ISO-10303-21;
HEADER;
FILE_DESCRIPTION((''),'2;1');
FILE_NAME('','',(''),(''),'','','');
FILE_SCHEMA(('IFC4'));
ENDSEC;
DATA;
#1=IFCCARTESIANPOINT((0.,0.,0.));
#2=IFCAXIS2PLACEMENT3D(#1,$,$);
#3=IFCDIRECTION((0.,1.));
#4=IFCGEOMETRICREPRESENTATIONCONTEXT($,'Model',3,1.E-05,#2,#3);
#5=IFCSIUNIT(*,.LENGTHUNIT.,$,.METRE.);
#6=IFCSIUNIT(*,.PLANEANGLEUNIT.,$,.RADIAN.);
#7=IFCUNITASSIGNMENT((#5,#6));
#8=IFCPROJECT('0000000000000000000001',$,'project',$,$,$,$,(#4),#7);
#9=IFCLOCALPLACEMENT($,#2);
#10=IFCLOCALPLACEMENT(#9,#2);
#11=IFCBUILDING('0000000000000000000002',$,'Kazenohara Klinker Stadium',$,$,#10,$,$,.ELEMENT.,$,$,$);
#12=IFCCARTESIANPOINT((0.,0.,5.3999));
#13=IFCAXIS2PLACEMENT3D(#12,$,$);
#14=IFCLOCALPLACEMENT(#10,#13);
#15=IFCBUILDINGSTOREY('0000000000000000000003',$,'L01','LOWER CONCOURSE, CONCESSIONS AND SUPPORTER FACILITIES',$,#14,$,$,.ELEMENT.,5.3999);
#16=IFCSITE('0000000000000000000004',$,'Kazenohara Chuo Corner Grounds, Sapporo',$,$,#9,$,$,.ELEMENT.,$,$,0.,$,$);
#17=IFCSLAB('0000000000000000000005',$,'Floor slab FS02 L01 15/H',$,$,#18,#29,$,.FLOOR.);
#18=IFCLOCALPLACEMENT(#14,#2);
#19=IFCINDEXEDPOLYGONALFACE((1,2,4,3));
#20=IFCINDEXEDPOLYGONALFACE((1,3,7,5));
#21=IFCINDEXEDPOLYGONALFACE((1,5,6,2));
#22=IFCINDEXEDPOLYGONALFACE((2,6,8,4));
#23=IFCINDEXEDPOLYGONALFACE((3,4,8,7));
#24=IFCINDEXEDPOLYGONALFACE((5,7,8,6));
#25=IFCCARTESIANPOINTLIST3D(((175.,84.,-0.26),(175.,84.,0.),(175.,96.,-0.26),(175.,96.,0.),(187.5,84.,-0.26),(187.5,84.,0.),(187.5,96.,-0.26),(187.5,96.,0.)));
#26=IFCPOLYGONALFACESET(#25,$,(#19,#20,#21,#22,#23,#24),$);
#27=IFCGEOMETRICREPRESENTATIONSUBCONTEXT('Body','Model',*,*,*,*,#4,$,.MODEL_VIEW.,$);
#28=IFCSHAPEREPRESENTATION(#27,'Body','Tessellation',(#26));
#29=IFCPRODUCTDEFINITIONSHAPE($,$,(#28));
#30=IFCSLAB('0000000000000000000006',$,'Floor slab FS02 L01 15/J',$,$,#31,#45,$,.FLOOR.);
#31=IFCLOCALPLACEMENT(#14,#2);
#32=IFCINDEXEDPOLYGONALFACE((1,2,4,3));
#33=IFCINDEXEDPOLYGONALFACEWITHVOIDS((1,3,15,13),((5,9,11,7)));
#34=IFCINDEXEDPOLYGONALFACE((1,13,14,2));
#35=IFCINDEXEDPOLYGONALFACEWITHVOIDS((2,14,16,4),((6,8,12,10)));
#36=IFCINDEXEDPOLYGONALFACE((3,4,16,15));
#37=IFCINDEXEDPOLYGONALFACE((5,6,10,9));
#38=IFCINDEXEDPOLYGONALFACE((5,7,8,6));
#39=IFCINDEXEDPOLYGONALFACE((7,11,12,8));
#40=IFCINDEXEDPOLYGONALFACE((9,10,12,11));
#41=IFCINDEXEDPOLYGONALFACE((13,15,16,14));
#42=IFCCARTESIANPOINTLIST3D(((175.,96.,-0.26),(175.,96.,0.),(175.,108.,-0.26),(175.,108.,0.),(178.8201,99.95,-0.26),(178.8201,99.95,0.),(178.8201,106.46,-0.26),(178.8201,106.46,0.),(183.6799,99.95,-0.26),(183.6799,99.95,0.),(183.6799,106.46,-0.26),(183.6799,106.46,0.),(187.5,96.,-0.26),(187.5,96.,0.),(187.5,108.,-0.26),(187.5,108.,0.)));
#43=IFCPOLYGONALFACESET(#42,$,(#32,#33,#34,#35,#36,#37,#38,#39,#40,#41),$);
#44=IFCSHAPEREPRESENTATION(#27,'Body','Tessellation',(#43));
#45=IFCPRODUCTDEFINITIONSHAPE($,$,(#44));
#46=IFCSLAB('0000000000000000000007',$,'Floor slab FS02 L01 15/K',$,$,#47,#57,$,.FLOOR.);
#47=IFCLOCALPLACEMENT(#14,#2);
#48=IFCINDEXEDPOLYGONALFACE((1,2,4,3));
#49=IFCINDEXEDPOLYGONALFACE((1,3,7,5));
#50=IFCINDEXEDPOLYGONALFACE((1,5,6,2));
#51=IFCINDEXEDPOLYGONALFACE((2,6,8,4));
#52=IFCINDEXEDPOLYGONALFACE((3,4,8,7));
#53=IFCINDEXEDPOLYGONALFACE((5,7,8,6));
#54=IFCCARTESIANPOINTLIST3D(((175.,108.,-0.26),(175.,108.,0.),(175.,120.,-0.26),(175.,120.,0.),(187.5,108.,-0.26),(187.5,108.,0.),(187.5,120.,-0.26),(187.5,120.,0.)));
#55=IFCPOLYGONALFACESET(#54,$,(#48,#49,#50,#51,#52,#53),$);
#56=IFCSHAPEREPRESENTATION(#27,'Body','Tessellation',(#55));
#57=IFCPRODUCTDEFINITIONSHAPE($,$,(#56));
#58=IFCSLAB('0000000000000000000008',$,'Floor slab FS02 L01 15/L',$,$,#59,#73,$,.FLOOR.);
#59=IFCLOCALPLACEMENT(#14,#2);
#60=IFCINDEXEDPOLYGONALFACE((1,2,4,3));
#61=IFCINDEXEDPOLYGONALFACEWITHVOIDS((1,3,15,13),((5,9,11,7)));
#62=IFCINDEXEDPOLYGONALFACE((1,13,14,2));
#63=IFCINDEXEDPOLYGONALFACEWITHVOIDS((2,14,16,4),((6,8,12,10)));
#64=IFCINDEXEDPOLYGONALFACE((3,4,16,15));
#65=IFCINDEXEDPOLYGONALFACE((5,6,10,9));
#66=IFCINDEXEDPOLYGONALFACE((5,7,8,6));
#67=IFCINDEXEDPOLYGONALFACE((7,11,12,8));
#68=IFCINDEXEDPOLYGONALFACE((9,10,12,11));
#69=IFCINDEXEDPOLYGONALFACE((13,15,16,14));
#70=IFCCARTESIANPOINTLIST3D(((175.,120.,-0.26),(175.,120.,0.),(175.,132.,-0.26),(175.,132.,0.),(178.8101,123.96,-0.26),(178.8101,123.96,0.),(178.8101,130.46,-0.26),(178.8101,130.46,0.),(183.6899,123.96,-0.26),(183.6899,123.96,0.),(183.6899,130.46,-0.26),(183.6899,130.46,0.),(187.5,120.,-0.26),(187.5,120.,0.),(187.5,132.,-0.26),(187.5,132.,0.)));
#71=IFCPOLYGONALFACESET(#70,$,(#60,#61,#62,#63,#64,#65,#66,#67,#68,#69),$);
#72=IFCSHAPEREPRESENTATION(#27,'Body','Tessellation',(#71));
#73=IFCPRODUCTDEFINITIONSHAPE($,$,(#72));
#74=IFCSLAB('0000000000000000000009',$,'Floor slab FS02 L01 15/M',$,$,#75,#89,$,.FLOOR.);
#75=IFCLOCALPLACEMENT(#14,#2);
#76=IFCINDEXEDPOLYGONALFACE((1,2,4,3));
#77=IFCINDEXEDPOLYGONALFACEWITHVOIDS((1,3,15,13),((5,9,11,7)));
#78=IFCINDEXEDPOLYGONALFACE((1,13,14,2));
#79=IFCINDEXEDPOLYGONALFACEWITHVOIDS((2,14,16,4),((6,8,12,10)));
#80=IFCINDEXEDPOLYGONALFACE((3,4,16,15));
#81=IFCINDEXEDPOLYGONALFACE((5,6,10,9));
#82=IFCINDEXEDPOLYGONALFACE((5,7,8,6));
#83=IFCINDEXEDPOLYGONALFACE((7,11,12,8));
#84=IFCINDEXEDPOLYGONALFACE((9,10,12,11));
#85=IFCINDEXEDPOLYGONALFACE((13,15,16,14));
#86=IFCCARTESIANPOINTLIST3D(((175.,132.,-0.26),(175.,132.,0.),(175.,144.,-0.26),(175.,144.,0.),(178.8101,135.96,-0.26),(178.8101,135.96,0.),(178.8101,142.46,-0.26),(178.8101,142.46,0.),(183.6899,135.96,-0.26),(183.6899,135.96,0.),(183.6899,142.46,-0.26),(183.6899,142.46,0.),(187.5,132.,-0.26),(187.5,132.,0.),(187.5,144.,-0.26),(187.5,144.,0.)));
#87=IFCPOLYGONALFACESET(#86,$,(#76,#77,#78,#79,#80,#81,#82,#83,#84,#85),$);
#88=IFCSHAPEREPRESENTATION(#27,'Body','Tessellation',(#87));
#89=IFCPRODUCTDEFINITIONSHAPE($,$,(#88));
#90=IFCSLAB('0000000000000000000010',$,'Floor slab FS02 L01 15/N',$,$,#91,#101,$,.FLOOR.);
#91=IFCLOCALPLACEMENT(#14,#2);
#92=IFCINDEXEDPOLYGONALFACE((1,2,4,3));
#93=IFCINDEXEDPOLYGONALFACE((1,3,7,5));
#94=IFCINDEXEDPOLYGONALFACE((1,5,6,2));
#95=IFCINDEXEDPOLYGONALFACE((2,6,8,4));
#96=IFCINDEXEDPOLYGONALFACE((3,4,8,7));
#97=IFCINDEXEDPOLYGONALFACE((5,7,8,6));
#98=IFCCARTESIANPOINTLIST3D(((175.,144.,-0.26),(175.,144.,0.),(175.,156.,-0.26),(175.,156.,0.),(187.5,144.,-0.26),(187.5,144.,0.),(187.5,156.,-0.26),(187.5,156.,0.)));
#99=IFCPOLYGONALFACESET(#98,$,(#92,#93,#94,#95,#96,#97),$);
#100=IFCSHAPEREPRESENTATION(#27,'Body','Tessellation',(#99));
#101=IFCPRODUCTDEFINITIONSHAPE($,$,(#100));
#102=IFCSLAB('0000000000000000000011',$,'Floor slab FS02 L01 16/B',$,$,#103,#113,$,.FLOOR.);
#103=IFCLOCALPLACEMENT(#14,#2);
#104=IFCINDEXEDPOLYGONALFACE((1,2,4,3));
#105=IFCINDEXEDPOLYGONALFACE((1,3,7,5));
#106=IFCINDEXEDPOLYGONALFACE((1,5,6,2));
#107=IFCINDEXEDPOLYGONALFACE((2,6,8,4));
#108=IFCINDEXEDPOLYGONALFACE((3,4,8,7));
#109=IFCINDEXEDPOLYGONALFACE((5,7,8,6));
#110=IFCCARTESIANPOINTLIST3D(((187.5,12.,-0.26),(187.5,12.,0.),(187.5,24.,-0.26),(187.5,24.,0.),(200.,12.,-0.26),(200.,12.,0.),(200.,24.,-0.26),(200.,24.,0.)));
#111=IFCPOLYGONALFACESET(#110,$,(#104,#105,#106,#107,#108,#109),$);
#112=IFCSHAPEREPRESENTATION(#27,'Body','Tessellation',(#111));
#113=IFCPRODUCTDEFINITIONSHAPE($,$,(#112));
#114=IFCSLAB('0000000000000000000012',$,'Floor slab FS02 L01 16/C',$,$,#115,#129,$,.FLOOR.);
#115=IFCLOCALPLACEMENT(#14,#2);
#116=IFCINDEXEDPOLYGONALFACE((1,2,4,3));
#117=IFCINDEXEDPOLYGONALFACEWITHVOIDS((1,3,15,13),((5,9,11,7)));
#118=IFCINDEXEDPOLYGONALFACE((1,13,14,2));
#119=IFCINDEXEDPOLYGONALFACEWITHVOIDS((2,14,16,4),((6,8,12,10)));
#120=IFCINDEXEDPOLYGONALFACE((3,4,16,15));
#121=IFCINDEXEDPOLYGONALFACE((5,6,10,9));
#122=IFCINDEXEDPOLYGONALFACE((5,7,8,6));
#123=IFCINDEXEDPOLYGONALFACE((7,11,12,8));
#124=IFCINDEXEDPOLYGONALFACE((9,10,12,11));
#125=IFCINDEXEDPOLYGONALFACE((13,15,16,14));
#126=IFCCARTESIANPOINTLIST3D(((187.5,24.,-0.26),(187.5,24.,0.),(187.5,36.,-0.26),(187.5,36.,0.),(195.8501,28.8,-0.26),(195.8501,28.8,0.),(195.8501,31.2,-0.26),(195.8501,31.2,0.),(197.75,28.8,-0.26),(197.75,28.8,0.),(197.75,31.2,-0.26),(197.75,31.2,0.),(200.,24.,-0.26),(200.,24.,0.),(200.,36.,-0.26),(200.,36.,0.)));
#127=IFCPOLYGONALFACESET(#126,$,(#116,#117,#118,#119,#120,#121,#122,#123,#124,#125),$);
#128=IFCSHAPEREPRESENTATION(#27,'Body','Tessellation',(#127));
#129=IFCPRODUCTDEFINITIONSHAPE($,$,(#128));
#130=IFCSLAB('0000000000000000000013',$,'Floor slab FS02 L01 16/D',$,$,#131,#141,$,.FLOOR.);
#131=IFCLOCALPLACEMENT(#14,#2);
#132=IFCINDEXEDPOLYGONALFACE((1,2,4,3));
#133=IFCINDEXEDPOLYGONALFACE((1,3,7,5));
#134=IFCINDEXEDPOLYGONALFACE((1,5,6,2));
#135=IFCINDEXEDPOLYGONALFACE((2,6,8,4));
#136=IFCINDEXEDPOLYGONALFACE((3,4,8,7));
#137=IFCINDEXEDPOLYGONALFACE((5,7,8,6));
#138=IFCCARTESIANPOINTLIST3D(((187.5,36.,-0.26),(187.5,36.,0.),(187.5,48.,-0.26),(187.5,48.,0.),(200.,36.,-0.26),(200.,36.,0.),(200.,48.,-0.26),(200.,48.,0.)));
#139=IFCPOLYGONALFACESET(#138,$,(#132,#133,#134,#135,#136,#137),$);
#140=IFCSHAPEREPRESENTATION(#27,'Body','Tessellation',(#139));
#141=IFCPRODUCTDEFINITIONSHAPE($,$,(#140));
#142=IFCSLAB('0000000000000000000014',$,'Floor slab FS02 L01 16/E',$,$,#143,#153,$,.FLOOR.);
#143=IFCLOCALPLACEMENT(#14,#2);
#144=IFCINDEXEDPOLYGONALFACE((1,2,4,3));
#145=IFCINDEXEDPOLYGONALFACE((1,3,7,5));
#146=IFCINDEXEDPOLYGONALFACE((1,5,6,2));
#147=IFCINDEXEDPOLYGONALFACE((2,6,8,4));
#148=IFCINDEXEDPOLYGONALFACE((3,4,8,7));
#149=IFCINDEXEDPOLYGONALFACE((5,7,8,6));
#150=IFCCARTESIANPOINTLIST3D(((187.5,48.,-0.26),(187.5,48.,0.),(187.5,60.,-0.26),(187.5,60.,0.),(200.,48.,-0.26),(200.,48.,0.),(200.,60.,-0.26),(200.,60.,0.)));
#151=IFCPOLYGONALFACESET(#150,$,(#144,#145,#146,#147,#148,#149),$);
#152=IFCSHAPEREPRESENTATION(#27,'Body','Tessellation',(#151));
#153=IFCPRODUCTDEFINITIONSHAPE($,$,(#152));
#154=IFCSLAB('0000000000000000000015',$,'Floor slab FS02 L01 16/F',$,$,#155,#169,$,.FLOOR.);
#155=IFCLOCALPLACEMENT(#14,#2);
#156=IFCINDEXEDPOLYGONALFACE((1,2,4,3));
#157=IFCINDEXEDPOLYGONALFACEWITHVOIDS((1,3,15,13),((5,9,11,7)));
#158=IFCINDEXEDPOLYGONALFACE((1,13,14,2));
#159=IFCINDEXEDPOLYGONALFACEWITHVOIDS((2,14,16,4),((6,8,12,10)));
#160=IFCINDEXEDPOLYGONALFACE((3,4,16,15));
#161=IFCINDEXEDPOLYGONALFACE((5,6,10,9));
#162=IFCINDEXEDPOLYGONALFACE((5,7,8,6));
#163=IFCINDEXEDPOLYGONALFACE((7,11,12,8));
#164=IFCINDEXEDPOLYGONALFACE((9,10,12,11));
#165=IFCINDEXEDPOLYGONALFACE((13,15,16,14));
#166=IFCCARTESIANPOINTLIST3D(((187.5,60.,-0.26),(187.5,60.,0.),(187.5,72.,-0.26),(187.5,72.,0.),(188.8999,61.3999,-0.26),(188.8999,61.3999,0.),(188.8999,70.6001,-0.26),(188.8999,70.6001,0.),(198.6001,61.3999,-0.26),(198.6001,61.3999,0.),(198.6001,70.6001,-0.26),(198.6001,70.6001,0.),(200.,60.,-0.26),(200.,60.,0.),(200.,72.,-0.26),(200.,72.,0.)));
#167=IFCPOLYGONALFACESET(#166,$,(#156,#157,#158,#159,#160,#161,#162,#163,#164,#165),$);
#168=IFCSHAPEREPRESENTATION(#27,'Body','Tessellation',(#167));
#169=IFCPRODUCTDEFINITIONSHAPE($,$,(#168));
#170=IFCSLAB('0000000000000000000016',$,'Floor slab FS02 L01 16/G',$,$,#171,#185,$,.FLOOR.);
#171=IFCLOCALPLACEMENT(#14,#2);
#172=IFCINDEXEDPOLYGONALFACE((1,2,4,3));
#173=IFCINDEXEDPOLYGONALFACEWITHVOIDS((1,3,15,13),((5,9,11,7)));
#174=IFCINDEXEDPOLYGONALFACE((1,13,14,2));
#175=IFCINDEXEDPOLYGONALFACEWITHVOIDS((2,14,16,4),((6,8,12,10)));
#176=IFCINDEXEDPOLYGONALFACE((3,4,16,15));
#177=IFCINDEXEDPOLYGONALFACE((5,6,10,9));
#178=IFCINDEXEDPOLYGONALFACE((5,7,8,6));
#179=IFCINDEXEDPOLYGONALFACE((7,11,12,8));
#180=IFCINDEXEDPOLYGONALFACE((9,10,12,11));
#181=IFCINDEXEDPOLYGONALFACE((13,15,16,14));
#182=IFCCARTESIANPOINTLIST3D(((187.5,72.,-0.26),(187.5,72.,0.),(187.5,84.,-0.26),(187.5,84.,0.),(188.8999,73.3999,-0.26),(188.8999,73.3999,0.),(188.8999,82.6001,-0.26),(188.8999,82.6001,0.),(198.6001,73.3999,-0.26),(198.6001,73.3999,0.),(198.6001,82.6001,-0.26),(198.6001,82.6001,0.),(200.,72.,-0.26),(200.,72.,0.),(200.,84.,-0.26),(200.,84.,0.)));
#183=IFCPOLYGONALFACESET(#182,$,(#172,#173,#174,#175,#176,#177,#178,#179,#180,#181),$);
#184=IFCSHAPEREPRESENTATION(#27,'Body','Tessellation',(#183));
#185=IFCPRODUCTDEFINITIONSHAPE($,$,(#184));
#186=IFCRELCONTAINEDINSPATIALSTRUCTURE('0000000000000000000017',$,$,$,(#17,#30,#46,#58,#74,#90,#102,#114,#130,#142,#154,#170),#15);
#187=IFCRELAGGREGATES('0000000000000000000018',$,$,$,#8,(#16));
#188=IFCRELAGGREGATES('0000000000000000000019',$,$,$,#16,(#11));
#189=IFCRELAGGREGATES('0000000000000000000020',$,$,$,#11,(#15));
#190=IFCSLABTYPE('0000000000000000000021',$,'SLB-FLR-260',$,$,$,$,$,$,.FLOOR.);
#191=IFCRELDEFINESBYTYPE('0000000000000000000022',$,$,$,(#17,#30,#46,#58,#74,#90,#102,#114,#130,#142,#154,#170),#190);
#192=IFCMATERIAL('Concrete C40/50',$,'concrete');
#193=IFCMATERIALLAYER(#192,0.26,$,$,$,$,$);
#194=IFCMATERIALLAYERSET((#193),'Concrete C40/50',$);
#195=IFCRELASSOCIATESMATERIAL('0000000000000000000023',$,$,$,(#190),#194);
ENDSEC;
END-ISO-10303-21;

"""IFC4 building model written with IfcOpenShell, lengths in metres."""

from ifc_helpers import new_model, si_unit, direction, frame, origin, place, context, subcontext, project, spatial, polyline, outline, extrude, material, layer, layer_set, type_object, element, save


model = new_model("IFC4")

# Units and contexts
model_context = context("Model", 3, precision=1e-05, world=origin(), true_north=direction((0.0, 1.0)))
body_context = subcontext(model_context, "Body", "Model", "MODEL_VIEW")
ifc_project = project(units=[si_unit("LENGTHUNIT", "METRE"), si_unit("PLANEANGLEUNIT", "RADIAN")], contexts=[model_context])

# Site, building, storey
site_placement = place(None, origin())
site = spatial("IfcSite", under=ifc_project, at=site_placement, Name="Kazenohara Chuo Corner Grounds, Sapporo", CompositionType="ELEMENT", RefElevation=0.0)
building_placement = place(site_placement, origin())
building = spatial("IfcBuilding", under=site, at=building_placement, Name="Kazenohara Klinker Stadium", CompositionType="ELEMENT")
storey_placement = place(building_placement, frame((0.0, 0.0, 5.3999)))
storey = spatial("IfcBuildingStorey", under=building, at=storey_placement, Name="L01", Description="LOWER CONCOURSE, CONCESSIONS AND SUPPORTER FACILITIES", CompositionType="ELEMENT", Elevation=5.3999)

# Slabs
ifc_material_1 = material(Name="Concrete C40/50", Category="concrete")
ifc_layer_1 = layer(ifc_material_1, 0.26)
ifc_layer_set_1 = layer_set([ifc_layer_1], Name="Concrete C40/50")
slab_type_1 = type_object("IfcSlabType", Name="SLB-FLR-260", PredefinedType="FLOOR", material=ifc_layer_set_1)
slab_1_placement = place(storey_placement, frame((0.0, 0.0, -0.26)))
element("IfcSlab", 1, at=slab_1_placement, inside=storey, type_object=slab_type_1, Name="Floor slab FS02 L01 15/H", PredefinedType="FLOOR", context=body_context, shape_type="SweptSolid", body=[
    extrude(outline(polyline([(175.0, 84.0), (187.5, 84.0), (187.5, 96.0), (175.0, 96.0), (175.0, 84.0)])), origin(), (0.0, 0.0, 1.0), 0.26),
])
slab_2_placement = place(storey_placement, frame((0.0, 0.0, -0.26)))
element("IfcSlab", 2, at=slab_2_placement, inside=storey, type_object=slab_type_1, Name="Floor slab FS02 L01 15/J", PredefinedType="FLOOR", context=body_context, shape_type="SweptSolid", body=[
    extrude(outline(polyline([(175.0, 96.0), (187.5, 96.0), (187.5, 108.0), (175.0, 108.0), (175.0, 96.0)]), holes=[polyline([(183.6799, 99.95), (183.6799, 106.46), (178.8201, 106.46), (178.8201, 99.95), (183.6799, 99.95)])]), origin(), (0.0, 0.0, 1.0), 0.26),
])
slab_3_placement = place(storey_placement, frame((0.0, 0.0, -0.26)))
element("IfcSlab", 3, at=slab_3_placement, inside=storey, type_object=slab_type_1, Name="Floor slab FS02 L01 15/K", PredefinedType="FLOOR", context=body_context, shape_type="SweptSolid", body=[
    extrude(outline(polyline([(175.0, 108.0), (187.5, 108.0), (187.5, 120.0), (175.0, 120.0), (175.0, 108.0)])), origin(), (0.0, 0.0, 1.0), 0.26),
])
slab_4_placement = place(storey_placement, frame((0.0, 0.0, -0.26)))
element("IfcSlab", 4, at=slab_4_placement, inside=storey, type_object=slab_type_1, Name="Floor slab FS02 L01 15/L", PredefinedType="FLOOR", context=body_context, shape_type="SweptSolid", body=[
    extrude(outline(polyline([(175.0, 120.0), (187.5, 120.0), (187.5, 132.0), (175.0, 132.0), (175.0, 120.0)]), holes=[polyline([(183.6899, 123.96), (183.6899, 130.46), (178.8101, 130.46), (178.8101, 123.96), (183.6899, 123.96)])]), origin(), (0.0, 0.0, 1.0), 0.26),
])
slab_5_placement = place(storey_placement, frame((0.0, 0.0, -0.26)))
element("IfcSlab", 5, at=slab_5_placement, inside=storey, type_object=slab_type_1, Name="Floor slab FS02 L01 15/M", PredefinedType="FLOOR", context=body_context, shape_type="SweptSolid", body=[
    extrude(outline(polyline([(175.0, 132.0), (187.5, 132.0), (187.5, 144.0), (175.0, 144.0), (175.0, 132.0)]), holes=[polyline([(183.6899, 135.96), (183.6899, 142.46), (178.8101, 142.46), (178.8101, 135.96), (183.6899, 135.96)])]), origin(), (0.0, 0.0, 1.0), 0.26),
])
slab_6_placement = place(storey_placement, frame((0.0, 0.0, -0.26)))
element("IfcSlab", 6, at=slab_6_placement, inside=storey, type_object=slab_type_1, Name="Floor slab FS02 L01 15/N", PredefinedType="FLOOR", context=body_context, shape_type="SweptSolid", body=[
    extrude(outline(polyline([(175.0, 144.0), (187.5, 144.0), (187.5, 156.0), (175.0, 156.0), (175.0, 144.0)])), origin(), (0.0, 0.0, 1.0), 0.26),
])
slab_7_placement = place(storey_placement, frame((0.0, 0.0, -0.26)))
element("IfcSlab", 7, at=slab_7_placement, inside=storey, type_object=slab_type_1, Name="Floor slab FS02 L01 16/B", PredefinedType="FLOOR", context=body_context, shape_type="SweptSolid", body=[
    extrude(outline(polyline([(187.5, 12.0), (200.0, 12.0), (200.0, 24.0), (187.5, 24.0), (187.5, 12.0)])), origin(), (0.0, 0.0, 1.0), 0.26),
])
slab_8_placement = place(storey_placement, frame((0.0, 0.0, -0.26)))
element("IfcSlab", 8, at=slab_8_placement, inside=storey, type_object=slab_type_1, Name="Floor slab FS02 L01 16/C", PredefinedType="FLOOR", context=body_context, shape_type="SweptSolid", body=[
    extrude(outline(polyline([(187.5, 24.0), (200.0, 24.0), (200.0, 36.0), (187.5, 36.0), (187.5, 24.0)]), holes=[polyline([(195.8501, 28.8), (197.75, 28.8), (197.75, 31.2), (195.8501, 31.2), (195.8501, 28.8)])]), origin(), (0.0, 0.0, 1.0), 0.26),
])
slab_9_placement = place(storey_placement, frame((0.0, 0.0, -0.26)))
element("IfcSlab", 9, at=slab_9_placement, inside=storey, type_object=slab_type_1, Name="Floor slab FS02 L01 16/D", PredefinedType="FLOOR", context=body_context, shape_type="SweptSolid", body=[
    extrude(outline(polyline([(187.5, 36.0), (200.0, 36.0), (200.0, 48.0), (187.5, 48.0), (187.5, 36.0)])), origin(), (0.0, 0.0, 1.0), 0.26),
])
slab_10_placement = place(storey_placement, frame((0.0, 0.0, -0.26)))
element("IfcSlab", 10, at=slab_10_placement, inside=storey, type_object=slab_type_1, Name="Floor slab FS02 L01 16/E", PredefinedType="FLOOR", context=body_context, shape_type="SweptSolid", body=[
    extrude(outline(polyline([(187.5, 48.0), (200.0, 48.0), (200.0, 60.0), (187.5, 60.0), (187.5, 48.0)])), origin(), (0.0, 0.0, 1.0), 0.26),
])
slab_11_placement = place(storey_placement, frame((0.0, 0.0, -0.26)))
element("IfcSlab", 11, at=slab_11_placement, inside=storey, type_object=slab_type_1, Name="Floor slab FS02 L01 16/F", PredefinedType="FLOOR", context=body_context, shape_type="SweptSolid", body=[
    extrude(outline(polyline([(187.5, 60.0), (200.0, 60.0), (200.0, 72.0), (187.5, 72.0), (187.5, 60.0)]), holes=[polyline([(188.8999, 61.3999), (198.6001, 61.3999), (198.6001, 70.6001), (188.8999, 70.6001), (188.8999, 61.3999)])]), origin(), (0.0, 0.0, 1.0), 0.26),
])
slab_12_placement = place(storey_placement, frame((0.0, 0.0, -0.26)))
element("IfcSlab", 12, at=slab_12_placement, inside=storey, type_object=slab_type_1, Name="Floor slab FS02 L01 16/G", PredefinedType="FLOOR", context=body_context, shape_type="SweptSolid", body=[
    extrude(outline(polyline([(187.5, 72.0), (200.0, 72.0), (200.0, 84.0), (187.5, 84.0), (187.5, 72.0)]), holes=[polyline([(188.8999, 73.3999), (198.6001, 73.3999), (198.6001, 82.6001), (188.8999, 82.6001), (188.8999, 73.3999)])]), origin(), (0.0, 0.0, 1.0), 0.26),
])

save(model, "model.ifc")
